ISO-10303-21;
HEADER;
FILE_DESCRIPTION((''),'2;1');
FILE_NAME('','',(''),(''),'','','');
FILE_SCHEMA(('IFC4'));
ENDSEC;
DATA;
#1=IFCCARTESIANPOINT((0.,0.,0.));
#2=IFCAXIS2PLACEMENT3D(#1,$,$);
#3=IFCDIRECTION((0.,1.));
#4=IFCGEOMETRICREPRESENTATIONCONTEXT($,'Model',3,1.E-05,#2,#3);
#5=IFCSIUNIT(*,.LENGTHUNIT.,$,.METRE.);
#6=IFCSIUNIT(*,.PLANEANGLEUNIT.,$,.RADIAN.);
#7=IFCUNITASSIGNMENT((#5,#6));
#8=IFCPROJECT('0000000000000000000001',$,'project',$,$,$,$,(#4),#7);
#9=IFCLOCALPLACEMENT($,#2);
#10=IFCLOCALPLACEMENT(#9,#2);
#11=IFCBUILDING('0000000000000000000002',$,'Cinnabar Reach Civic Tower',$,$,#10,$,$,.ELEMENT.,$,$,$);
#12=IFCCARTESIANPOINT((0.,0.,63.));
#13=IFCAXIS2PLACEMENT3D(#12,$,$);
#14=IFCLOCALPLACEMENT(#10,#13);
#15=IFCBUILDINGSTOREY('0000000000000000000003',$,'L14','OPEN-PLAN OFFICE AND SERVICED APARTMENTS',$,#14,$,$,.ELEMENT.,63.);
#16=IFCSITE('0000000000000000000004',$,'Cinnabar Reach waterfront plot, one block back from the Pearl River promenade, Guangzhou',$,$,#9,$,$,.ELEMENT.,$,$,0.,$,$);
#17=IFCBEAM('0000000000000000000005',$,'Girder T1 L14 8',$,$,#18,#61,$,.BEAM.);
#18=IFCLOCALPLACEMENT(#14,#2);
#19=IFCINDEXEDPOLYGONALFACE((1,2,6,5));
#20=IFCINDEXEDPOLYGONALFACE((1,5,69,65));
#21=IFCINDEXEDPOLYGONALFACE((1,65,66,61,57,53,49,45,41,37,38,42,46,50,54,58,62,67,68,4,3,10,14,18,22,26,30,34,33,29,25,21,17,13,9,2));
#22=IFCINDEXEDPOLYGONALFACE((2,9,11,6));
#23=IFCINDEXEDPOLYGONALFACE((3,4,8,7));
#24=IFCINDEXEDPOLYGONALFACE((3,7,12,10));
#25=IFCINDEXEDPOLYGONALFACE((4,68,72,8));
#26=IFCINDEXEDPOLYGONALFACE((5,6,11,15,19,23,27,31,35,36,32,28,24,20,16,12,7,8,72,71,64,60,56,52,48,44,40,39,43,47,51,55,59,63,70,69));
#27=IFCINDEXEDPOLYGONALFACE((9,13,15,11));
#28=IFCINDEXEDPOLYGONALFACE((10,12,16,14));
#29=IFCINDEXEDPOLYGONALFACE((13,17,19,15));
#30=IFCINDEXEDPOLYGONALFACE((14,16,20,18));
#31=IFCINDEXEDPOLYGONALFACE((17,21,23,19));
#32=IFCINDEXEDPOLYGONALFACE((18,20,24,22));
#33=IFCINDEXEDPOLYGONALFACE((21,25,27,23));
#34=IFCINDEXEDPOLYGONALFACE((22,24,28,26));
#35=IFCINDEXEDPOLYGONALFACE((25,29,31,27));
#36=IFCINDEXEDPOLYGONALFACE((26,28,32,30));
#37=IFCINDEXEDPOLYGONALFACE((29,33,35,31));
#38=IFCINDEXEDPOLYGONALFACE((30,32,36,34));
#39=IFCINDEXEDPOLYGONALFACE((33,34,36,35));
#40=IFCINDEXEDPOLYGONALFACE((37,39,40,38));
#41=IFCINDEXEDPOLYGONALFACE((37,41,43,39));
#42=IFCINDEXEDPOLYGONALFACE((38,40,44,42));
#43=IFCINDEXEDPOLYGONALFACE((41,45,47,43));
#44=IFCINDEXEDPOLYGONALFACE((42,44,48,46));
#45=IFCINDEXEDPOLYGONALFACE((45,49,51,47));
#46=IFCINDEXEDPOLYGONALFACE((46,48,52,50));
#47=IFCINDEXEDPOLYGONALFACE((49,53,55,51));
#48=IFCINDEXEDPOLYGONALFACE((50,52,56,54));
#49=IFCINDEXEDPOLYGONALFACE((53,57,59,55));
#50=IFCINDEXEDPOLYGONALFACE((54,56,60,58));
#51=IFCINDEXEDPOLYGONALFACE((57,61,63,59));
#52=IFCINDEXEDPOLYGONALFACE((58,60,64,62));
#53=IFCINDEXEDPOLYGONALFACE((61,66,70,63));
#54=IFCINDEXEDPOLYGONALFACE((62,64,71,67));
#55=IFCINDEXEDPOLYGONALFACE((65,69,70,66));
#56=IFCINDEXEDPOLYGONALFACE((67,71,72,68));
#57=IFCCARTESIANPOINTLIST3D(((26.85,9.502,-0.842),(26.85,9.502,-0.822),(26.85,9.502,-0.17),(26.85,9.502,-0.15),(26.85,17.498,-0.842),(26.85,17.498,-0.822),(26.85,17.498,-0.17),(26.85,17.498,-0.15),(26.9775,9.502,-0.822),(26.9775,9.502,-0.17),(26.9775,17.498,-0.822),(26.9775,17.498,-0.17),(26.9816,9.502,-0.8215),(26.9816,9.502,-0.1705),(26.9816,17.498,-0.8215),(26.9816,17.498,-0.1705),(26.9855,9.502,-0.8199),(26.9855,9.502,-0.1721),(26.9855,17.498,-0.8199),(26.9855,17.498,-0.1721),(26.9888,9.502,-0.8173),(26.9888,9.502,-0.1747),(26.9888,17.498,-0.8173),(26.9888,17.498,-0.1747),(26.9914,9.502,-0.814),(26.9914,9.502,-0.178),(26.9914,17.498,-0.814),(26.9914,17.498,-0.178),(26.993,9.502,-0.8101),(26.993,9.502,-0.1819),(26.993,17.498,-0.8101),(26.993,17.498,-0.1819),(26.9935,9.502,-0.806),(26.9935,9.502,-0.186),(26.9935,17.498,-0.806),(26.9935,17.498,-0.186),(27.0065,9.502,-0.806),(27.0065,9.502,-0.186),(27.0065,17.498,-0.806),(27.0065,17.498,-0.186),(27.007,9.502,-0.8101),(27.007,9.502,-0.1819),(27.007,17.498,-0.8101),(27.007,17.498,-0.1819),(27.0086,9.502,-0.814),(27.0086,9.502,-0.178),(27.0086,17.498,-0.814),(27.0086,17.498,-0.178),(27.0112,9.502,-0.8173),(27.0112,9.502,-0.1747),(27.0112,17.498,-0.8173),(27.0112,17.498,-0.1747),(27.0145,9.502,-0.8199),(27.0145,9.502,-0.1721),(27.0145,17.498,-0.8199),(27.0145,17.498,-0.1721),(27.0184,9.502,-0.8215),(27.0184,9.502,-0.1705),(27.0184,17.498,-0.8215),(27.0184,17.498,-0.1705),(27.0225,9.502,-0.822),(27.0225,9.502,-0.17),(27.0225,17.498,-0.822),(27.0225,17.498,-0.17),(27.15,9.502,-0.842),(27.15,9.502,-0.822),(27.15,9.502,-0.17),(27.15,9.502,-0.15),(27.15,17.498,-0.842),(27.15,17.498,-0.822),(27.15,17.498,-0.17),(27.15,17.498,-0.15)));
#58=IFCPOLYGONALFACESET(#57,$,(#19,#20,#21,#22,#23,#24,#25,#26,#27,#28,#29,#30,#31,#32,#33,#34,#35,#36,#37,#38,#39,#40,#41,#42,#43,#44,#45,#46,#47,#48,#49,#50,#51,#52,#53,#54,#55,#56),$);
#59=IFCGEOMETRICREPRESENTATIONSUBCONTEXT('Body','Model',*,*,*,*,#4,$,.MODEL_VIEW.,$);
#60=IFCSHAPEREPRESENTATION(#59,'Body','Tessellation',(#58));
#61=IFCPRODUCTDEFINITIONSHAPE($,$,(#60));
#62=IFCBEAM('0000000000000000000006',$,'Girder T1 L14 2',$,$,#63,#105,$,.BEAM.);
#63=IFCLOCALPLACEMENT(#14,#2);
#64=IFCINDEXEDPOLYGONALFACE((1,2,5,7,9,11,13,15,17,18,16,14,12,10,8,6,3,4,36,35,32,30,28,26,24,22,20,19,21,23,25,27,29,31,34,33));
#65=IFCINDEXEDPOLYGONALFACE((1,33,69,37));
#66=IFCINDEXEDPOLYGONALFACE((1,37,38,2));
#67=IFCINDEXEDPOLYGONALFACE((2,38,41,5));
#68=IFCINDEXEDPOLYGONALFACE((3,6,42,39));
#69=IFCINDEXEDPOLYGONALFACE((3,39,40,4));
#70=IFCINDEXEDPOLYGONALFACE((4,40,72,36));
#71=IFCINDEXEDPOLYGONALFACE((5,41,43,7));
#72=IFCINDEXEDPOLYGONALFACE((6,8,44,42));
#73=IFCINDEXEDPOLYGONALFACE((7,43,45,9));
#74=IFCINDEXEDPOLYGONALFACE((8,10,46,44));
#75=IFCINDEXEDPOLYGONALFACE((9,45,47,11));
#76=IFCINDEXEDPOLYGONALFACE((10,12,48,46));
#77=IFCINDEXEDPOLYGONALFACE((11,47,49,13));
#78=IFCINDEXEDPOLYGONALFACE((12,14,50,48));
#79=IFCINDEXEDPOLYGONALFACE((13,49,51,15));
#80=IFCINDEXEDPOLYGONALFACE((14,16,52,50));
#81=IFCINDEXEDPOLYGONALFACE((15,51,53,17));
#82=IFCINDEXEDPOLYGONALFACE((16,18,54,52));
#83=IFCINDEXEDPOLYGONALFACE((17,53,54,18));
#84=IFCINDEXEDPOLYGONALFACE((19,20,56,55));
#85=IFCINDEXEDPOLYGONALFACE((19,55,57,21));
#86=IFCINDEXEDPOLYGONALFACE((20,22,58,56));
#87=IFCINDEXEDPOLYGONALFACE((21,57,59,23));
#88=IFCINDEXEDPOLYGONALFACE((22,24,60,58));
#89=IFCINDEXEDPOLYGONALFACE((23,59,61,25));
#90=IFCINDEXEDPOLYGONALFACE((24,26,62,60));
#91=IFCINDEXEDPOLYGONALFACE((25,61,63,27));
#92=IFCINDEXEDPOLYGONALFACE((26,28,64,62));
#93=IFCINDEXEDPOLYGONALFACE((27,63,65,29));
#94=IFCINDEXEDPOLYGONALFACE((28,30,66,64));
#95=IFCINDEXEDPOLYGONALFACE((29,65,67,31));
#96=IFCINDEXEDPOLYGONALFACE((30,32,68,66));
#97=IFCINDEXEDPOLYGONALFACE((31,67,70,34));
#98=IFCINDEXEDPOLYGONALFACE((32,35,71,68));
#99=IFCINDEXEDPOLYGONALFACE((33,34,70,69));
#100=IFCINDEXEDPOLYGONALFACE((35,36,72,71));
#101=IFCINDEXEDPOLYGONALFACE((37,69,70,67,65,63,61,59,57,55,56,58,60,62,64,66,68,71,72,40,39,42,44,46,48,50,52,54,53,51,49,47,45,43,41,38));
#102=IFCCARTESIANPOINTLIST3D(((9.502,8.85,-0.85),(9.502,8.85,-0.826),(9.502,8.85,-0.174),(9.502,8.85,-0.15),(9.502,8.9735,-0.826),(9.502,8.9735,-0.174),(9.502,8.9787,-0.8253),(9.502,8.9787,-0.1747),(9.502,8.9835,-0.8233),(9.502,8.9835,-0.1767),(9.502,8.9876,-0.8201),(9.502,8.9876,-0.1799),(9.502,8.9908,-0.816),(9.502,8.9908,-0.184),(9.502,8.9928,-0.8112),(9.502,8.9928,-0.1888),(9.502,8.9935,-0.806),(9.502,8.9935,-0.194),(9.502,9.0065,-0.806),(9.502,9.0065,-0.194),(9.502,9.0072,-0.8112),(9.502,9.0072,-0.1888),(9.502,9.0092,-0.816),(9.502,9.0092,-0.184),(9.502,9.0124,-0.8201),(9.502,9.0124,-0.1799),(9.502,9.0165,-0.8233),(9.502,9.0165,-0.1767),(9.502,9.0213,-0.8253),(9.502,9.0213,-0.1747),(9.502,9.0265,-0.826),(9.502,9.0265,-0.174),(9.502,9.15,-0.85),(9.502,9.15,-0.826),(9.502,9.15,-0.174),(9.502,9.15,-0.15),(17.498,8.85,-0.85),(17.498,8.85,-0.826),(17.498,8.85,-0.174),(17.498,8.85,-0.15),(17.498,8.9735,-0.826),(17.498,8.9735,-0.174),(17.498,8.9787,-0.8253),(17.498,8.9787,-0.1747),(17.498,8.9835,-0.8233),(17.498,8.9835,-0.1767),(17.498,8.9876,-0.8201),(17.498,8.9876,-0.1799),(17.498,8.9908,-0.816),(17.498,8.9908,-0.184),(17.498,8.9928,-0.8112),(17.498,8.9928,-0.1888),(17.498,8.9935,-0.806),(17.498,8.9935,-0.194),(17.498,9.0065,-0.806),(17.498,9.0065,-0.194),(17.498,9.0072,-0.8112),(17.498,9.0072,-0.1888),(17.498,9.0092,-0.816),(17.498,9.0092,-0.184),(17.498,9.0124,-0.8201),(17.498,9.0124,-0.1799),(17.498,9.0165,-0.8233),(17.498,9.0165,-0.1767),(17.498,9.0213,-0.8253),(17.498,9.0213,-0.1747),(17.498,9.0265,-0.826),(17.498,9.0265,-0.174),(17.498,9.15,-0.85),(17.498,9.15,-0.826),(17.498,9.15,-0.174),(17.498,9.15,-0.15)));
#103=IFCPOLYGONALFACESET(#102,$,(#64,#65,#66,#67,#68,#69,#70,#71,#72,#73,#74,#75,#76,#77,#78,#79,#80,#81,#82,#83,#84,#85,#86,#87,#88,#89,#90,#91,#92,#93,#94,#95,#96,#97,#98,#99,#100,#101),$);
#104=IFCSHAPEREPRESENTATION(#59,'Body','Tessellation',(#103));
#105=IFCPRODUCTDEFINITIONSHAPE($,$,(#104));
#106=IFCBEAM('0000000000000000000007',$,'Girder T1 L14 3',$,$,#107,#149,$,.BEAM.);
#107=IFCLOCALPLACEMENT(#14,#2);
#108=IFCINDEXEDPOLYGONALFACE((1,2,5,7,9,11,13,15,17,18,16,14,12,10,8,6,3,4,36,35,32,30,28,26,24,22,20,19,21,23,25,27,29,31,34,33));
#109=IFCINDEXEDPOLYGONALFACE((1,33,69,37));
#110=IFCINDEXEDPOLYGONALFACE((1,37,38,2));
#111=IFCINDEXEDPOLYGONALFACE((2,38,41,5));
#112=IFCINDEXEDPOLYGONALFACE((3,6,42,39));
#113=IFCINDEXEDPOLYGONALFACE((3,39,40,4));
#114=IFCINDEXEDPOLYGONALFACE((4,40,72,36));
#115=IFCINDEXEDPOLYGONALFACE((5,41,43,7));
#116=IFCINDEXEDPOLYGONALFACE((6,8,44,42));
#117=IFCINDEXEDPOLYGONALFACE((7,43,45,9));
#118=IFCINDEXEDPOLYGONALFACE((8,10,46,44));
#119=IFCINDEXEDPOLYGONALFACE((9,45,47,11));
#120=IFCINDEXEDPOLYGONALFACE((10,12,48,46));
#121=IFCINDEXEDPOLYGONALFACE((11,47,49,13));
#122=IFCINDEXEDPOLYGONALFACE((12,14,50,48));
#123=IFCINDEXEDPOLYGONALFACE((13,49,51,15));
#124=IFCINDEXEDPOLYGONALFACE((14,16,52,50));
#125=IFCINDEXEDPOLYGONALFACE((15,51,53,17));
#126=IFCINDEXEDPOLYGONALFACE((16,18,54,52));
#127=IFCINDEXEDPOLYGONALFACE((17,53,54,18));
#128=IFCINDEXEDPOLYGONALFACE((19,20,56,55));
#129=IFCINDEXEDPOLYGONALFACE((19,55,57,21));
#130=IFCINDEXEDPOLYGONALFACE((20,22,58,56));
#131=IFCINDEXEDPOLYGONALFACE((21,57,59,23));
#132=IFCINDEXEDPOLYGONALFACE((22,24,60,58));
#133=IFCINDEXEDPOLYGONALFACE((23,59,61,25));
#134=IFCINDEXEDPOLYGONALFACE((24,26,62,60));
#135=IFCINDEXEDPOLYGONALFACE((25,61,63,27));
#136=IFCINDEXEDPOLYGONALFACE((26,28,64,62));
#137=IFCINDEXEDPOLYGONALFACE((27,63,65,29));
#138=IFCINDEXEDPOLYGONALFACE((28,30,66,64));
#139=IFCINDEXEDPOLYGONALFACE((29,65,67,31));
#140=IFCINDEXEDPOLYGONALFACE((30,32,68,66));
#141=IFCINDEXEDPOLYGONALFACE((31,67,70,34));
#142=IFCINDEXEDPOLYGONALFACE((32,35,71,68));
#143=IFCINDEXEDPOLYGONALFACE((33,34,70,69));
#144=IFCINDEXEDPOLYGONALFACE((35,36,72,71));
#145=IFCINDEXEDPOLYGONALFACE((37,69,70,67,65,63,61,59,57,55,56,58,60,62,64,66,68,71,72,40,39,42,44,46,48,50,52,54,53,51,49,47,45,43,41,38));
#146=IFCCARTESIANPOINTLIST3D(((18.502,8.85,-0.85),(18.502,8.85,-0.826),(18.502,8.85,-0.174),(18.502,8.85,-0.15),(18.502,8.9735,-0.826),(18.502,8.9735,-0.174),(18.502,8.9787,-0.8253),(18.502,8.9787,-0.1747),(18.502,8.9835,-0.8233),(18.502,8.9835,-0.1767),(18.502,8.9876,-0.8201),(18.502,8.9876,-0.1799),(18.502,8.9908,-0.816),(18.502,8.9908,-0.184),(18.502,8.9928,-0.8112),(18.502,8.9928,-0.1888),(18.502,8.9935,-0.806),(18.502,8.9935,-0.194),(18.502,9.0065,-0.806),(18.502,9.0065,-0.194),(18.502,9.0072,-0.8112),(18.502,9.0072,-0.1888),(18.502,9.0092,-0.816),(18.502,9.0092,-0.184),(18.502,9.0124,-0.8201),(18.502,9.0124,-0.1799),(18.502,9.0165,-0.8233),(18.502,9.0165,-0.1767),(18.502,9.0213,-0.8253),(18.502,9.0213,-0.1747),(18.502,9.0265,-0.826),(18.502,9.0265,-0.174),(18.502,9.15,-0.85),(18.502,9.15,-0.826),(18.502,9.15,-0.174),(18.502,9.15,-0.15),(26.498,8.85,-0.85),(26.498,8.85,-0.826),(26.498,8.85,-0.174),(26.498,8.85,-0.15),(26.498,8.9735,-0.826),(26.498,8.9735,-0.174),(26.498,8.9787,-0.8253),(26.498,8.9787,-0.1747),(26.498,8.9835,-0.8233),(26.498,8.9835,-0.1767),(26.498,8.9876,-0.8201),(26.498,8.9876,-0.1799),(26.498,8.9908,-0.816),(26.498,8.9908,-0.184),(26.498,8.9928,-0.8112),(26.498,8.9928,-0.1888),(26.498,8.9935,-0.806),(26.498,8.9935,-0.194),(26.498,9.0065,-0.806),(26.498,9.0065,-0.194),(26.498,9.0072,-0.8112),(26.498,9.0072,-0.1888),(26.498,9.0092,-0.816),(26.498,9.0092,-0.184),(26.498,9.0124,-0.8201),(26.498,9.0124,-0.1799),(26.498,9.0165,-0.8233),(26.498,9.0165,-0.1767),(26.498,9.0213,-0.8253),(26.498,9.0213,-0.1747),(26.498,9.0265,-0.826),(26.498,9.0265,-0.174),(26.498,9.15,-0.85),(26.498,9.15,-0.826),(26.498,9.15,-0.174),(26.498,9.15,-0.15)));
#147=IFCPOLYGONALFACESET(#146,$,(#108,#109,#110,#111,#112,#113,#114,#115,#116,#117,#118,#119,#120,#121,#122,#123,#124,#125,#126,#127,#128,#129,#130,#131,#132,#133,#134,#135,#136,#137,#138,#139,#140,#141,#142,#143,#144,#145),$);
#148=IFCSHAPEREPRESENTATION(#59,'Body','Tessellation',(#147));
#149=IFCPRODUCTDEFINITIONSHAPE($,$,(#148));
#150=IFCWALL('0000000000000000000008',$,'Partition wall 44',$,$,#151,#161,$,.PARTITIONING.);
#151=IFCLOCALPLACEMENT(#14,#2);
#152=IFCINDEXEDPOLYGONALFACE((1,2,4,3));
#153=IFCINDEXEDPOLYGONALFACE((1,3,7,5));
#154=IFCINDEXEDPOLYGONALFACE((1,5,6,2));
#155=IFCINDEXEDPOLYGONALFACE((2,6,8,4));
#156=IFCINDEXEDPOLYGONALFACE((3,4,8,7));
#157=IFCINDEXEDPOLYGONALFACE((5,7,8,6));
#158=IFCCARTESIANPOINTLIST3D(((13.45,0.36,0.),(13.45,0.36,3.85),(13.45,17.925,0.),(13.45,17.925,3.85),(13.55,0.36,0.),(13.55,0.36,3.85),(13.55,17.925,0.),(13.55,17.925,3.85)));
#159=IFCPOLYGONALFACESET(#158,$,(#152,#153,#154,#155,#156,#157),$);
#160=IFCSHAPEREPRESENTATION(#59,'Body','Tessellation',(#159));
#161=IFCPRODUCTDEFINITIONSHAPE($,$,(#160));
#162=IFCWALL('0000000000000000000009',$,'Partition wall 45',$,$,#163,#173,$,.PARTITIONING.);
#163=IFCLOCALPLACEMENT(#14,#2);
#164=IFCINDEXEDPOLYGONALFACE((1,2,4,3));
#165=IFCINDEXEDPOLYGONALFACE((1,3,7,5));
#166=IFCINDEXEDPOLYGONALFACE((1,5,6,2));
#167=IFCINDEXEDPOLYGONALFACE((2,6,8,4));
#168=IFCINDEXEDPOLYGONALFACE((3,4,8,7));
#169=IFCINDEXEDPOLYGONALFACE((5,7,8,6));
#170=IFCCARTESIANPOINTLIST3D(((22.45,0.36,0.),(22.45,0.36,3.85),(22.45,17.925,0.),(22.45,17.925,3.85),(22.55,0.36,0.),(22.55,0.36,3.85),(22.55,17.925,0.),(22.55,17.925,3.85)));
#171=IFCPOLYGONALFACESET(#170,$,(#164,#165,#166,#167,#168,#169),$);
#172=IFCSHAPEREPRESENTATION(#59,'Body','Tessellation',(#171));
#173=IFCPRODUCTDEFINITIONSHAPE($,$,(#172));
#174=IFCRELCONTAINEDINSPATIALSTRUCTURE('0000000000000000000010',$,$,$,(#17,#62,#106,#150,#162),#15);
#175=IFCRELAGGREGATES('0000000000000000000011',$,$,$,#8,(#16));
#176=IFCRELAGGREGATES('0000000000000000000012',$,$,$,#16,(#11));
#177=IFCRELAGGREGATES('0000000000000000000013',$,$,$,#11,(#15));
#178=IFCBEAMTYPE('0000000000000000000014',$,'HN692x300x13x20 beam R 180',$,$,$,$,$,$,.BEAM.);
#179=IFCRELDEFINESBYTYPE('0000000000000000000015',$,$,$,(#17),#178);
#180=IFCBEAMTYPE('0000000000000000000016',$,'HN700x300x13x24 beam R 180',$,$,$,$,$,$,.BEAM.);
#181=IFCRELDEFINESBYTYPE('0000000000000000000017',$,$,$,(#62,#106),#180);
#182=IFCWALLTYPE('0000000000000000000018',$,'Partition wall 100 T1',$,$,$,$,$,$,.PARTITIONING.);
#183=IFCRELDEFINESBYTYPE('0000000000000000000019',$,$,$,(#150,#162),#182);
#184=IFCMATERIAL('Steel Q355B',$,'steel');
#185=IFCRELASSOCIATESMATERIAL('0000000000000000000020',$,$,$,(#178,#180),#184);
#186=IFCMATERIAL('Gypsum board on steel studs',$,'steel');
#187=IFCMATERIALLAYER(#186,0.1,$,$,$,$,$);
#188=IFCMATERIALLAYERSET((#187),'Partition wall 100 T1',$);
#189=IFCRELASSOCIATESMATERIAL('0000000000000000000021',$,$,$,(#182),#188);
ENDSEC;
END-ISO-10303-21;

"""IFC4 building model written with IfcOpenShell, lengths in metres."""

from ifc_helpers import new_model, si_unit, direction, frame, frame_2d, origin, origin_2d, place, context, subcontext, project, spatial, rectangle, i_section, extrude, material, layer, layer_set, material_profile, profile_set, type_object, element, save


model = new_model("IFC4")

# Units and contexts
model_context = context("Model", 3, precision=1e-05, world=origin(), true_north=direction((0.0, 1.0)))
body_context = subcontext(model_context, "Body", "Model", "MODEL_VIEW")
ifc_project = project(units=[si_unit("LENGTHUNIT", "METRE"), si_unit("PLANEANGLEUNIT", "RADIAN")], contexts=[model_context])

# Site, building, storey
site_placement = place(None, origin())
site = spatial("IfcSite", under=ifc_project, at=site_placement, Name="Cinnabar Reach waterfront plot, one block back from the Pearl River promenade, Guangzhou", CompositionType="ELEMENT", RefElevation=0.0)
building_placement = place(site_placement, origin())
building = spatial("IfcBuilding", under=site, at=building_placement, Name="Cinnabar Reach Civic Tower", CompositionType="ELEMENT")
storey_placement = place(building_placement, frame((0.0, 0.0, 63.0)))
storey = spatial("IfcBuildingStorey", under=building, at=storey_placement, Name="L14", Description="OPEN-PLAN OFFICE AND SERVICED APARTMENTS", CompositionType="ELEMENT", Elevation=63.0)

# Beams
ifc_material_1 = material(Name="Steel Q355B", Category="steel")
ifc_material_profile_1 = material_profile(ifc_material_1, i_section(OverallWidth=0.3, OverallDepth=0.692, WebThickness=0.013, FlangeThickness=0.02, FilletRadius=0.016, at=origin_2d()), Name="HN692x300x13x20")
ifc_profile_set_1 = profile_set([ifc_material_profile_1], Name="Steel Q355B")
beam_type_1 = type_object("IfcBeamType", Name="HN692x300x13x20 beam R 180", PredefinedType="BEAM", material=ifc_profile_set_1)
beam_1_placement = place(storey_placement, frame((27.0, 9.502, -0.496), z_axis=(0.0, 1.0, 0.0), x_axis=(-1.0, 0.0, 0.0)))
element("IfcBeam", 1, at=beam_1_placement, inside=storey, type_object=beam_type_1, Name="Girder T1 L14 8", PredefinedType="BEAM", context=body_context, shape_type="SweptSolid", body=[
    extrude(i_section(OverallWidth=0.3, OverallDepth=0.692, WebThickness=0.013, FlangeThickness=0.02, FilletRadius=0.016, at=origin_2d()), origin(), (0.0, 0.0, 1.0), 7.996),
])
ifc_material_profile_2 = material_profile(ifc_material_1, i_section(OverallWidth=0.3, OverallDepth=0.7, WebThickness=0.013, FlangeThickness=0.024, FilletRadius=0.02, at=origin_2d()), Name="HN700x300x13x24")
ifc_profile_set_2 = profile_set([ifc_material_profile_2], Name="Steel Q355B")
beam_type_2 = type_object("IfcBeamType", Name="HN700x300x13x24 beam R 180", PredefinedType="BEAM", material=ifc_profile_set_2)
for number, where, z_axis, x_axis, name in (
    (2, (9.502, 9.0, -0.5), (1.0, 0.0, 0.0), (0.0, 1.0, 0.0), "Girder T1 L14 2"),
    (3, (18.502, 9.0, -0.5), (1.0, 0.0, 0.0), (0.0, 1.0, 0.0), "Girder T1 L14 3"),
):
    element("IfcBeam", number, at=place(storey_placement, frame(where, z_axis=z_axis, x_axis=x_axis)), inside=storey, type_object=beam_type_2, Name=name, PredefinedType="BEAM", context=body_context, shape_type="SweptSolid", body=[
        extrude(i_section(OverallWidth=0.3, OverallDepth=0.7, WebThickness=0.013, FlangeThickness=0.024, FilletRadius=0.02, at=origin_2d()), origin(), (0.0, 0.0, 1.0), 7.996),
    ])

# Walls
ifc_material_2 = material(Name="Gypsum board on steel studs", Category="steel")
ifc_layer = layer(ifc_material_2, 0.1)
ifc_layer_set = layer_set([ifc_layer], Name="Partition wall 100 T1")
wall_type = type_object("IfcWallType", Name="Partition wall 100 T1", PredefinedType="PARTITIONING", material=ifc_layer_set)
for number, where, z_axis, x_axis, name in (
    (4, (13.5, 0.36, 0.0), (0.0, 0.0, 1.0), (0.0, 1.0, 0.0), "Partition wall 44"),
    (5, (22.5, 0.36, 0.0), (0.0, 0.0, 1.0), (0.0, 1.0, 0.0), "Partition wall 45"),
):
    element("IfcWall", number, at=place(storey_placement, frame(where, z_axis=z_axis, x_axis=x_axis)), inside=storey, type_object=wall_type, Name=name, PredefinedType="PARTITIONING", context=body_context, shape_type="SweptSolid", body=[
        extrude(rectangle(XDim=17.565, YDim=0.1, at=frame_2d((8.7825, 0.0))), origin(), (0.0, 0.0, 1.0), 3.85),
    ])

save(model, "model.ifc")
